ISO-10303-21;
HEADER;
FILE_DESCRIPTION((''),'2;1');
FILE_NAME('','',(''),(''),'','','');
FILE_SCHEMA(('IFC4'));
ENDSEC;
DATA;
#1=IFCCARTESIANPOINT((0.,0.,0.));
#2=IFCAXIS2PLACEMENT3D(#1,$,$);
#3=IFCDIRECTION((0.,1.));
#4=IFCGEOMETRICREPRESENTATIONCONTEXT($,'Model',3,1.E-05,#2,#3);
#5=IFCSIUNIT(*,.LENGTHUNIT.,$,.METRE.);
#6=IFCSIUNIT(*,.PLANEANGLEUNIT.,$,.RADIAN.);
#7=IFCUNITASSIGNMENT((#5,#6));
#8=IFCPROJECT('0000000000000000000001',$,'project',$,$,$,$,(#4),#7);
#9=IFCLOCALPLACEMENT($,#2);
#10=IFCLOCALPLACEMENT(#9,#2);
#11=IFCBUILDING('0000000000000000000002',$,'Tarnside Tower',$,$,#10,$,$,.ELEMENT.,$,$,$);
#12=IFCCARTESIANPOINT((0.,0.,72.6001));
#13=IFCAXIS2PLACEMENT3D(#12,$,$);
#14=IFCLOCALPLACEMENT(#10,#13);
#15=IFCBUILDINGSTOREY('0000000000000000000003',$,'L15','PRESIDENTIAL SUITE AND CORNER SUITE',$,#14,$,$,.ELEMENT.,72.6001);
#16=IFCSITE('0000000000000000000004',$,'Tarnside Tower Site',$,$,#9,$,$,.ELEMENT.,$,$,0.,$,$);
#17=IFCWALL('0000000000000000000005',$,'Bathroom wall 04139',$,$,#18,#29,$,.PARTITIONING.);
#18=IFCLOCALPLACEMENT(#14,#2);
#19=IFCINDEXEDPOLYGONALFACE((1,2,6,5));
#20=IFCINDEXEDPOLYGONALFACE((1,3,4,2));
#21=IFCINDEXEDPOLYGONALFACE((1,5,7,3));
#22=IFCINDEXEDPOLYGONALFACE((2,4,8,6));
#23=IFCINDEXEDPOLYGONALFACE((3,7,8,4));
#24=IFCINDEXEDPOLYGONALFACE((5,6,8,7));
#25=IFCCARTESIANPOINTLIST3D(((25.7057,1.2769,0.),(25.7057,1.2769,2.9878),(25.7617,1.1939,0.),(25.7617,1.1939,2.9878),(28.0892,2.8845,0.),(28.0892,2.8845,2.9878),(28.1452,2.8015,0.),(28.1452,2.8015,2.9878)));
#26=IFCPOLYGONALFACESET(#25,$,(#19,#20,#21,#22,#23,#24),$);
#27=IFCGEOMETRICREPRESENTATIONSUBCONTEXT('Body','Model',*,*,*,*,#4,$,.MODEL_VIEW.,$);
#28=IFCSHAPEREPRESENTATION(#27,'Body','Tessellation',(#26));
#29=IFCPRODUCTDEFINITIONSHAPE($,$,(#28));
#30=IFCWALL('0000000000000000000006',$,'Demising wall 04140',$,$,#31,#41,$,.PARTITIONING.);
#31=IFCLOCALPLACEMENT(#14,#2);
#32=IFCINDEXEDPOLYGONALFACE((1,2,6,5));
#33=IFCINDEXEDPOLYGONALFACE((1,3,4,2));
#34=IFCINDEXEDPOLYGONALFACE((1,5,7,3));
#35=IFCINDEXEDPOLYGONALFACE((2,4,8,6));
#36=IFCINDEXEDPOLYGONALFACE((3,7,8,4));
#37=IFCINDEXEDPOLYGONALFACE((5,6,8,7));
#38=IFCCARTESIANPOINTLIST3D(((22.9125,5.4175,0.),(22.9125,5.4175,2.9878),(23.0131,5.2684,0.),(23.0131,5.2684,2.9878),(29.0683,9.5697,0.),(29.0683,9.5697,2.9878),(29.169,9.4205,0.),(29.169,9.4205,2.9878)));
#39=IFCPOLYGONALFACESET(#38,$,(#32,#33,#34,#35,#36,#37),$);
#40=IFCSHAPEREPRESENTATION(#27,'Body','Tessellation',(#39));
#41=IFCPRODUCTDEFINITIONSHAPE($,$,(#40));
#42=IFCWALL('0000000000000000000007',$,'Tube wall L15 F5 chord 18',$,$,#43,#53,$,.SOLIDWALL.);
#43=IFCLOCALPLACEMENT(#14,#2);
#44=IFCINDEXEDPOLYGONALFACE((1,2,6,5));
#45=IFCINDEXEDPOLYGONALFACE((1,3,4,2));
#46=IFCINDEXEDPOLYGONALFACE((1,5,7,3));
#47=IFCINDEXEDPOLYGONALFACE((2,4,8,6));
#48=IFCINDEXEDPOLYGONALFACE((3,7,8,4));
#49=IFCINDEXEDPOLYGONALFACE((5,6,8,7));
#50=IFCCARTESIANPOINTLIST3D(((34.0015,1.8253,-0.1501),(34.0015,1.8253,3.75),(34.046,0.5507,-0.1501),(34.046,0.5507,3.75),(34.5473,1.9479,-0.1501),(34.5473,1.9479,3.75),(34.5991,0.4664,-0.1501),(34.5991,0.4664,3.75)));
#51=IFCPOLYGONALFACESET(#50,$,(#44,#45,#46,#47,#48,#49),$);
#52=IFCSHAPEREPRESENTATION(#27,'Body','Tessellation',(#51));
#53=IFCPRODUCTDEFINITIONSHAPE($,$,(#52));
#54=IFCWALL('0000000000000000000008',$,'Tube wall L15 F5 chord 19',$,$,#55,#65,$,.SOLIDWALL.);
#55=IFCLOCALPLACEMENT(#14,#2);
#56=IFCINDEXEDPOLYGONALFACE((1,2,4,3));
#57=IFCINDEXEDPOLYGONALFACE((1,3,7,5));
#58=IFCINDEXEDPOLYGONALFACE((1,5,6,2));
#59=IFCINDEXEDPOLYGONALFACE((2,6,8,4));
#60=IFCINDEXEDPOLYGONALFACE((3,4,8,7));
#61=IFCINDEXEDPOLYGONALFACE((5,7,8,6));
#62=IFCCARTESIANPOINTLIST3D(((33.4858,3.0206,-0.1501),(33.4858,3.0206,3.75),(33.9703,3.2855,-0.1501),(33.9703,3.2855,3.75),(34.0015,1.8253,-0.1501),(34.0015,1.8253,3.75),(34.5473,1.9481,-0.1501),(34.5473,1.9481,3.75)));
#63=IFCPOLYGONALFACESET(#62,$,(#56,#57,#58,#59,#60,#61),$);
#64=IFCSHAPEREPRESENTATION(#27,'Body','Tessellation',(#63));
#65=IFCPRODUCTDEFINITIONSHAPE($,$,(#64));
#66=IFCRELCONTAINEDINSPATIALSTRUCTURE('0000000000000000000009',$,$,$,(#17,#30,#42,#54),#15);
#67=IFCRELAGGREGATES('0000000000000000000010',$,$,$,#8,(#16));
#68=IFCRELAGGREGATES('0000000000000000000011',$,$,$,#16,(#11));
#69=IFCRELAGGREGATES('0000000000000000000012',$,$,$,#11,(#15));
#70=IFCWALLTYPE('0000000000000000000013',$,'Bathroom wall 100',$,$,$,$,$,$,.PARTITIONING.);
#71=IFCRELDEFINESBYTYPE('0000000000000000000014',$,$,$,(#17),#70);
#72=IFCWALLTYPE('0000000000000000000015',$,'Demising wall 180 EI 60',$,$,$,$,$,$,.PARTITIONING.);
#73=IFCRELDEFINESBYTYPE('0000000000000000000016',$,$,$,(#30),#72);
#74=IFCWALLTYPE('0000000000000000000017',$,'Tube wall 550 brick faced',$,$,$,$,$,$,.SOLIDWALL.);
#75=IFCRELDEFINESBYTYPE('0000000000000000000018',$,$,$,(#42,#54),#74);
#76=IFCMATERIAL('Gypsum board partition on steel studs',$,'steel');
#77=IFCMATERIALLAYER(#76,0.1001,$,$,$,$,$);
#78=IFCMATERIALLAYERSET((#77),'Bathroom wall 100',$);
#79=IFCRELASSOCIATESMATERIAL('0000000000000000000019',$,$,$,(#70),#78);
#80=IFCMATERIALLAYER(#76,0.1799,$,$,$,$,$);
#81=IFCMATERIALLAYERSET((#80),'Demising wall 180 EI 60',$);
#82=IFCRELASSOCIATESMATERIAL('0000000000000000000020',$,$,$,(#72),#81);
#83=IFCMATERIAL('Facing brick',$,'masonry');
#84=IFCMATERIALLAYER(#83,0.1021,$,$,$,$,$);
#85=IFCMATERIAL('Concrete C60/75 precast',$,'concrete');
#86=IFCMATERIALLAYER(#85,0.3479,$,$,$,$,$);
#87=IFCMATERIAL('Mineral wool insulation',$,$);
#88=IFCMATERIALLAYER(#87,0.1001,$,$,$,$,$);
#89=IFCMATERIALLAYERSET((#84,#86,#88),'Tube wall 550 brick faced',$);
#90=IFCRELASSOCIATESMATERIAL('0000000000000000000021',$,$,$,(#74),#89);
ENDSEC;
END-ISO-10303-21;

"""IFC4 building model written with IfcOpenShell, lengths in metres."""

from ifc_helpers import new_model, si_unit, direction, frame, frame_2d, origin, place, context, subcontext, project, spatial, polyline, rectangle, outline, extrude, material, layer, layer_set, type_object, element, save


model = new_model("IFC4")

# Units and contexts
model_context = context("Model", 3, precision=1e-05, world=origin(), true_north=direction((0.0, 1.0)))
body_context = subcontext(model_context, "Body", "Model", "MODEL_VIEW")
ifc_project = project(units=[si_unit("LENGTHUNIT", "METRE"), si_unit("PLANEANGLEUNIT", "RADIAN")], contexts=[model_context])

# Site, building, storey
site_placement = place(None, origin())
site = spatial("IfcSite", under=ifc_project, at=site_placement, Name="Tarnside Tower Site", CompositionType="ELEMENT", RefElevation=0.0)
building_placement = place(site_placement, origin())
building = spatial("IfcBuilding", under=site, at=building_placement, Name="Tarnside Tower", CompositionType="ELEMENT")
storey_placement = place(building_placement, frame((0.0, 0.0, 72.6001)))
storey = spatial("IfcBuildingStorey", under=building, at=storey_placement, Name="L15", Description="PRESIDENTIAL SUITE AND CORNER SUITE", CompositionType="ELEMENT", Elevation=72.6001)

# Walls
ifc_material_1 = material(Name="Gypsum board partition on steel studs", Category="steel")
ifc_layer_1 = layer(ifc_material_1, 0.1001)
ifc_layer_set_1 = layer_set([ifc_layer_1], Name="Bathroom wall 100")
wall_type_1 = type_object("IfcWallType", Name="Bathroom wall 100", PredefinedType="PARTITIONING", material=ifc_layer_set_1)
wall_1_placement = place(storey_placement, frame((28.1172, 2.843, 0.0), z_axis=(0.0, 0.0, 1.0), x_axis=(-0.829046, -0.55918, 0.0)))
element("IfcWall", 1, at=wall_1_placement, inside=storey, type_object=wall_type_1, Name="Bathroom wall 04139", PredefinedType="PARTITIONING", context=body_context, shape_type="SweptSolid", body=[
    extrude(rectangle(XDim=2.875, YDim=0.1001, at=frame_2d((1.4375, 0.0))), origin(), (0.0, 0.0, 1.0), 2.9878),
])
ifc_layer_2 = layer(ifc_material_1, 0.1799)
ifc_layer_set_2 = layer_set([ifc_layer_2], Name="Demising wall 180 EI 60")
wall_type_2 = type_object("IfcWallType", Name="Demising wall 180 EI 60", PredefinedType="PARTITIONING", material=ifc_layer_set_2)
wall_2_placement = place(storey_placement, frame((29.1187, 9.4951, 0.0), z_axis=(0.0, 0.0, 1.0), x_axis=(-0.829038, -0.559192, 0.0)))
element("IfcWall", 2, at=wall_2_placement, inside=storey, type_object=wall_type_2, Name="Demising wall 04140", PredefinedType="PARTITIONING", context=body_context, shape_type="SweptSolid", body=[
    extrude(rectangle(XDim=7.4253, YDim=0.1799, at=frame_2d((3.7126, 0.0))), origin(), (0.0, 0.0, 1.0), 2.9878),
])
ifc_material_2 = material(Name="Facing brick", Category="masonry")
ifc_layer_3 = layer(ifc_material_2, 0.1021)
ifc_material_3 = material(Name="Concrete C60/75 precast", Category="concrete")
ifc_layer_4 = layer(ifc_material_3, 0.3479)
ifc_material_4 = material(Name="Mineral wool insulation")
ifc_layer_5 = layer(ifc_material_4, 0.1001)
ifc_layer_set_3 = layer_set([ifc_layer_3, ifc_layer_4, ifc_layer_5], Name="Tube wall 550 brick faced")
wall_type_3 = type_object("IfcWallType", Name="Tube wall 550 brick faced", PredefinedType="SOLIDWALL", material=ifc_layer_set_3)
wall_3_placement = place(storey_placement, frame((34.3225, 0.5085, -0.1501), z_axis=(0.0, 0.0, 1.0), x_axis=(-0.034877, 0.999392, 0.0)))
element("IfcWall", 3, at=wall_3_placement, inside=storey, type_object=wall_type_3, Name="Tube wall L15 F5 chord 18", PredefinedType="SOLIDWALL", context=body_context, shape_type="SweptSolid", body=[
    extrude(outline(polyline([(-0.0518, -0.2749), (1.4307, -0.2749), (1.3271, 0.2749), (0.0518, 0.2749), (-0.0518, -0.2749)])), origin(), (0.0, 0.0, 1.0), 3.9001),
])
wall_4_placement = place(storey_placement, frame((34.2744, 1.8867, -0.1501), z_axis=(0.0, 0.0, 1.0), x_axis=(-0.396161, 0.918181, 0.0)))
element("IfcWall", 4, at=wall_4_placement, inside=storey, type_object=wall_type_3, Name="Tube wall L15 F5 chord 19", PredefinedType="SOLIDWALL", context=body_context, shape_type="SweptSolid", body=[
    extrude(outline(polyline([(-0.0518, -0.2749), (1.4048, -0.2749), (1.3535, 0.2749), (0.0518, 0.2749), (-0.0518, -0.2749)])), origin(), (0.0, 0.0, 1.0), 3.9001),
])

save(model, "model.ifc")
